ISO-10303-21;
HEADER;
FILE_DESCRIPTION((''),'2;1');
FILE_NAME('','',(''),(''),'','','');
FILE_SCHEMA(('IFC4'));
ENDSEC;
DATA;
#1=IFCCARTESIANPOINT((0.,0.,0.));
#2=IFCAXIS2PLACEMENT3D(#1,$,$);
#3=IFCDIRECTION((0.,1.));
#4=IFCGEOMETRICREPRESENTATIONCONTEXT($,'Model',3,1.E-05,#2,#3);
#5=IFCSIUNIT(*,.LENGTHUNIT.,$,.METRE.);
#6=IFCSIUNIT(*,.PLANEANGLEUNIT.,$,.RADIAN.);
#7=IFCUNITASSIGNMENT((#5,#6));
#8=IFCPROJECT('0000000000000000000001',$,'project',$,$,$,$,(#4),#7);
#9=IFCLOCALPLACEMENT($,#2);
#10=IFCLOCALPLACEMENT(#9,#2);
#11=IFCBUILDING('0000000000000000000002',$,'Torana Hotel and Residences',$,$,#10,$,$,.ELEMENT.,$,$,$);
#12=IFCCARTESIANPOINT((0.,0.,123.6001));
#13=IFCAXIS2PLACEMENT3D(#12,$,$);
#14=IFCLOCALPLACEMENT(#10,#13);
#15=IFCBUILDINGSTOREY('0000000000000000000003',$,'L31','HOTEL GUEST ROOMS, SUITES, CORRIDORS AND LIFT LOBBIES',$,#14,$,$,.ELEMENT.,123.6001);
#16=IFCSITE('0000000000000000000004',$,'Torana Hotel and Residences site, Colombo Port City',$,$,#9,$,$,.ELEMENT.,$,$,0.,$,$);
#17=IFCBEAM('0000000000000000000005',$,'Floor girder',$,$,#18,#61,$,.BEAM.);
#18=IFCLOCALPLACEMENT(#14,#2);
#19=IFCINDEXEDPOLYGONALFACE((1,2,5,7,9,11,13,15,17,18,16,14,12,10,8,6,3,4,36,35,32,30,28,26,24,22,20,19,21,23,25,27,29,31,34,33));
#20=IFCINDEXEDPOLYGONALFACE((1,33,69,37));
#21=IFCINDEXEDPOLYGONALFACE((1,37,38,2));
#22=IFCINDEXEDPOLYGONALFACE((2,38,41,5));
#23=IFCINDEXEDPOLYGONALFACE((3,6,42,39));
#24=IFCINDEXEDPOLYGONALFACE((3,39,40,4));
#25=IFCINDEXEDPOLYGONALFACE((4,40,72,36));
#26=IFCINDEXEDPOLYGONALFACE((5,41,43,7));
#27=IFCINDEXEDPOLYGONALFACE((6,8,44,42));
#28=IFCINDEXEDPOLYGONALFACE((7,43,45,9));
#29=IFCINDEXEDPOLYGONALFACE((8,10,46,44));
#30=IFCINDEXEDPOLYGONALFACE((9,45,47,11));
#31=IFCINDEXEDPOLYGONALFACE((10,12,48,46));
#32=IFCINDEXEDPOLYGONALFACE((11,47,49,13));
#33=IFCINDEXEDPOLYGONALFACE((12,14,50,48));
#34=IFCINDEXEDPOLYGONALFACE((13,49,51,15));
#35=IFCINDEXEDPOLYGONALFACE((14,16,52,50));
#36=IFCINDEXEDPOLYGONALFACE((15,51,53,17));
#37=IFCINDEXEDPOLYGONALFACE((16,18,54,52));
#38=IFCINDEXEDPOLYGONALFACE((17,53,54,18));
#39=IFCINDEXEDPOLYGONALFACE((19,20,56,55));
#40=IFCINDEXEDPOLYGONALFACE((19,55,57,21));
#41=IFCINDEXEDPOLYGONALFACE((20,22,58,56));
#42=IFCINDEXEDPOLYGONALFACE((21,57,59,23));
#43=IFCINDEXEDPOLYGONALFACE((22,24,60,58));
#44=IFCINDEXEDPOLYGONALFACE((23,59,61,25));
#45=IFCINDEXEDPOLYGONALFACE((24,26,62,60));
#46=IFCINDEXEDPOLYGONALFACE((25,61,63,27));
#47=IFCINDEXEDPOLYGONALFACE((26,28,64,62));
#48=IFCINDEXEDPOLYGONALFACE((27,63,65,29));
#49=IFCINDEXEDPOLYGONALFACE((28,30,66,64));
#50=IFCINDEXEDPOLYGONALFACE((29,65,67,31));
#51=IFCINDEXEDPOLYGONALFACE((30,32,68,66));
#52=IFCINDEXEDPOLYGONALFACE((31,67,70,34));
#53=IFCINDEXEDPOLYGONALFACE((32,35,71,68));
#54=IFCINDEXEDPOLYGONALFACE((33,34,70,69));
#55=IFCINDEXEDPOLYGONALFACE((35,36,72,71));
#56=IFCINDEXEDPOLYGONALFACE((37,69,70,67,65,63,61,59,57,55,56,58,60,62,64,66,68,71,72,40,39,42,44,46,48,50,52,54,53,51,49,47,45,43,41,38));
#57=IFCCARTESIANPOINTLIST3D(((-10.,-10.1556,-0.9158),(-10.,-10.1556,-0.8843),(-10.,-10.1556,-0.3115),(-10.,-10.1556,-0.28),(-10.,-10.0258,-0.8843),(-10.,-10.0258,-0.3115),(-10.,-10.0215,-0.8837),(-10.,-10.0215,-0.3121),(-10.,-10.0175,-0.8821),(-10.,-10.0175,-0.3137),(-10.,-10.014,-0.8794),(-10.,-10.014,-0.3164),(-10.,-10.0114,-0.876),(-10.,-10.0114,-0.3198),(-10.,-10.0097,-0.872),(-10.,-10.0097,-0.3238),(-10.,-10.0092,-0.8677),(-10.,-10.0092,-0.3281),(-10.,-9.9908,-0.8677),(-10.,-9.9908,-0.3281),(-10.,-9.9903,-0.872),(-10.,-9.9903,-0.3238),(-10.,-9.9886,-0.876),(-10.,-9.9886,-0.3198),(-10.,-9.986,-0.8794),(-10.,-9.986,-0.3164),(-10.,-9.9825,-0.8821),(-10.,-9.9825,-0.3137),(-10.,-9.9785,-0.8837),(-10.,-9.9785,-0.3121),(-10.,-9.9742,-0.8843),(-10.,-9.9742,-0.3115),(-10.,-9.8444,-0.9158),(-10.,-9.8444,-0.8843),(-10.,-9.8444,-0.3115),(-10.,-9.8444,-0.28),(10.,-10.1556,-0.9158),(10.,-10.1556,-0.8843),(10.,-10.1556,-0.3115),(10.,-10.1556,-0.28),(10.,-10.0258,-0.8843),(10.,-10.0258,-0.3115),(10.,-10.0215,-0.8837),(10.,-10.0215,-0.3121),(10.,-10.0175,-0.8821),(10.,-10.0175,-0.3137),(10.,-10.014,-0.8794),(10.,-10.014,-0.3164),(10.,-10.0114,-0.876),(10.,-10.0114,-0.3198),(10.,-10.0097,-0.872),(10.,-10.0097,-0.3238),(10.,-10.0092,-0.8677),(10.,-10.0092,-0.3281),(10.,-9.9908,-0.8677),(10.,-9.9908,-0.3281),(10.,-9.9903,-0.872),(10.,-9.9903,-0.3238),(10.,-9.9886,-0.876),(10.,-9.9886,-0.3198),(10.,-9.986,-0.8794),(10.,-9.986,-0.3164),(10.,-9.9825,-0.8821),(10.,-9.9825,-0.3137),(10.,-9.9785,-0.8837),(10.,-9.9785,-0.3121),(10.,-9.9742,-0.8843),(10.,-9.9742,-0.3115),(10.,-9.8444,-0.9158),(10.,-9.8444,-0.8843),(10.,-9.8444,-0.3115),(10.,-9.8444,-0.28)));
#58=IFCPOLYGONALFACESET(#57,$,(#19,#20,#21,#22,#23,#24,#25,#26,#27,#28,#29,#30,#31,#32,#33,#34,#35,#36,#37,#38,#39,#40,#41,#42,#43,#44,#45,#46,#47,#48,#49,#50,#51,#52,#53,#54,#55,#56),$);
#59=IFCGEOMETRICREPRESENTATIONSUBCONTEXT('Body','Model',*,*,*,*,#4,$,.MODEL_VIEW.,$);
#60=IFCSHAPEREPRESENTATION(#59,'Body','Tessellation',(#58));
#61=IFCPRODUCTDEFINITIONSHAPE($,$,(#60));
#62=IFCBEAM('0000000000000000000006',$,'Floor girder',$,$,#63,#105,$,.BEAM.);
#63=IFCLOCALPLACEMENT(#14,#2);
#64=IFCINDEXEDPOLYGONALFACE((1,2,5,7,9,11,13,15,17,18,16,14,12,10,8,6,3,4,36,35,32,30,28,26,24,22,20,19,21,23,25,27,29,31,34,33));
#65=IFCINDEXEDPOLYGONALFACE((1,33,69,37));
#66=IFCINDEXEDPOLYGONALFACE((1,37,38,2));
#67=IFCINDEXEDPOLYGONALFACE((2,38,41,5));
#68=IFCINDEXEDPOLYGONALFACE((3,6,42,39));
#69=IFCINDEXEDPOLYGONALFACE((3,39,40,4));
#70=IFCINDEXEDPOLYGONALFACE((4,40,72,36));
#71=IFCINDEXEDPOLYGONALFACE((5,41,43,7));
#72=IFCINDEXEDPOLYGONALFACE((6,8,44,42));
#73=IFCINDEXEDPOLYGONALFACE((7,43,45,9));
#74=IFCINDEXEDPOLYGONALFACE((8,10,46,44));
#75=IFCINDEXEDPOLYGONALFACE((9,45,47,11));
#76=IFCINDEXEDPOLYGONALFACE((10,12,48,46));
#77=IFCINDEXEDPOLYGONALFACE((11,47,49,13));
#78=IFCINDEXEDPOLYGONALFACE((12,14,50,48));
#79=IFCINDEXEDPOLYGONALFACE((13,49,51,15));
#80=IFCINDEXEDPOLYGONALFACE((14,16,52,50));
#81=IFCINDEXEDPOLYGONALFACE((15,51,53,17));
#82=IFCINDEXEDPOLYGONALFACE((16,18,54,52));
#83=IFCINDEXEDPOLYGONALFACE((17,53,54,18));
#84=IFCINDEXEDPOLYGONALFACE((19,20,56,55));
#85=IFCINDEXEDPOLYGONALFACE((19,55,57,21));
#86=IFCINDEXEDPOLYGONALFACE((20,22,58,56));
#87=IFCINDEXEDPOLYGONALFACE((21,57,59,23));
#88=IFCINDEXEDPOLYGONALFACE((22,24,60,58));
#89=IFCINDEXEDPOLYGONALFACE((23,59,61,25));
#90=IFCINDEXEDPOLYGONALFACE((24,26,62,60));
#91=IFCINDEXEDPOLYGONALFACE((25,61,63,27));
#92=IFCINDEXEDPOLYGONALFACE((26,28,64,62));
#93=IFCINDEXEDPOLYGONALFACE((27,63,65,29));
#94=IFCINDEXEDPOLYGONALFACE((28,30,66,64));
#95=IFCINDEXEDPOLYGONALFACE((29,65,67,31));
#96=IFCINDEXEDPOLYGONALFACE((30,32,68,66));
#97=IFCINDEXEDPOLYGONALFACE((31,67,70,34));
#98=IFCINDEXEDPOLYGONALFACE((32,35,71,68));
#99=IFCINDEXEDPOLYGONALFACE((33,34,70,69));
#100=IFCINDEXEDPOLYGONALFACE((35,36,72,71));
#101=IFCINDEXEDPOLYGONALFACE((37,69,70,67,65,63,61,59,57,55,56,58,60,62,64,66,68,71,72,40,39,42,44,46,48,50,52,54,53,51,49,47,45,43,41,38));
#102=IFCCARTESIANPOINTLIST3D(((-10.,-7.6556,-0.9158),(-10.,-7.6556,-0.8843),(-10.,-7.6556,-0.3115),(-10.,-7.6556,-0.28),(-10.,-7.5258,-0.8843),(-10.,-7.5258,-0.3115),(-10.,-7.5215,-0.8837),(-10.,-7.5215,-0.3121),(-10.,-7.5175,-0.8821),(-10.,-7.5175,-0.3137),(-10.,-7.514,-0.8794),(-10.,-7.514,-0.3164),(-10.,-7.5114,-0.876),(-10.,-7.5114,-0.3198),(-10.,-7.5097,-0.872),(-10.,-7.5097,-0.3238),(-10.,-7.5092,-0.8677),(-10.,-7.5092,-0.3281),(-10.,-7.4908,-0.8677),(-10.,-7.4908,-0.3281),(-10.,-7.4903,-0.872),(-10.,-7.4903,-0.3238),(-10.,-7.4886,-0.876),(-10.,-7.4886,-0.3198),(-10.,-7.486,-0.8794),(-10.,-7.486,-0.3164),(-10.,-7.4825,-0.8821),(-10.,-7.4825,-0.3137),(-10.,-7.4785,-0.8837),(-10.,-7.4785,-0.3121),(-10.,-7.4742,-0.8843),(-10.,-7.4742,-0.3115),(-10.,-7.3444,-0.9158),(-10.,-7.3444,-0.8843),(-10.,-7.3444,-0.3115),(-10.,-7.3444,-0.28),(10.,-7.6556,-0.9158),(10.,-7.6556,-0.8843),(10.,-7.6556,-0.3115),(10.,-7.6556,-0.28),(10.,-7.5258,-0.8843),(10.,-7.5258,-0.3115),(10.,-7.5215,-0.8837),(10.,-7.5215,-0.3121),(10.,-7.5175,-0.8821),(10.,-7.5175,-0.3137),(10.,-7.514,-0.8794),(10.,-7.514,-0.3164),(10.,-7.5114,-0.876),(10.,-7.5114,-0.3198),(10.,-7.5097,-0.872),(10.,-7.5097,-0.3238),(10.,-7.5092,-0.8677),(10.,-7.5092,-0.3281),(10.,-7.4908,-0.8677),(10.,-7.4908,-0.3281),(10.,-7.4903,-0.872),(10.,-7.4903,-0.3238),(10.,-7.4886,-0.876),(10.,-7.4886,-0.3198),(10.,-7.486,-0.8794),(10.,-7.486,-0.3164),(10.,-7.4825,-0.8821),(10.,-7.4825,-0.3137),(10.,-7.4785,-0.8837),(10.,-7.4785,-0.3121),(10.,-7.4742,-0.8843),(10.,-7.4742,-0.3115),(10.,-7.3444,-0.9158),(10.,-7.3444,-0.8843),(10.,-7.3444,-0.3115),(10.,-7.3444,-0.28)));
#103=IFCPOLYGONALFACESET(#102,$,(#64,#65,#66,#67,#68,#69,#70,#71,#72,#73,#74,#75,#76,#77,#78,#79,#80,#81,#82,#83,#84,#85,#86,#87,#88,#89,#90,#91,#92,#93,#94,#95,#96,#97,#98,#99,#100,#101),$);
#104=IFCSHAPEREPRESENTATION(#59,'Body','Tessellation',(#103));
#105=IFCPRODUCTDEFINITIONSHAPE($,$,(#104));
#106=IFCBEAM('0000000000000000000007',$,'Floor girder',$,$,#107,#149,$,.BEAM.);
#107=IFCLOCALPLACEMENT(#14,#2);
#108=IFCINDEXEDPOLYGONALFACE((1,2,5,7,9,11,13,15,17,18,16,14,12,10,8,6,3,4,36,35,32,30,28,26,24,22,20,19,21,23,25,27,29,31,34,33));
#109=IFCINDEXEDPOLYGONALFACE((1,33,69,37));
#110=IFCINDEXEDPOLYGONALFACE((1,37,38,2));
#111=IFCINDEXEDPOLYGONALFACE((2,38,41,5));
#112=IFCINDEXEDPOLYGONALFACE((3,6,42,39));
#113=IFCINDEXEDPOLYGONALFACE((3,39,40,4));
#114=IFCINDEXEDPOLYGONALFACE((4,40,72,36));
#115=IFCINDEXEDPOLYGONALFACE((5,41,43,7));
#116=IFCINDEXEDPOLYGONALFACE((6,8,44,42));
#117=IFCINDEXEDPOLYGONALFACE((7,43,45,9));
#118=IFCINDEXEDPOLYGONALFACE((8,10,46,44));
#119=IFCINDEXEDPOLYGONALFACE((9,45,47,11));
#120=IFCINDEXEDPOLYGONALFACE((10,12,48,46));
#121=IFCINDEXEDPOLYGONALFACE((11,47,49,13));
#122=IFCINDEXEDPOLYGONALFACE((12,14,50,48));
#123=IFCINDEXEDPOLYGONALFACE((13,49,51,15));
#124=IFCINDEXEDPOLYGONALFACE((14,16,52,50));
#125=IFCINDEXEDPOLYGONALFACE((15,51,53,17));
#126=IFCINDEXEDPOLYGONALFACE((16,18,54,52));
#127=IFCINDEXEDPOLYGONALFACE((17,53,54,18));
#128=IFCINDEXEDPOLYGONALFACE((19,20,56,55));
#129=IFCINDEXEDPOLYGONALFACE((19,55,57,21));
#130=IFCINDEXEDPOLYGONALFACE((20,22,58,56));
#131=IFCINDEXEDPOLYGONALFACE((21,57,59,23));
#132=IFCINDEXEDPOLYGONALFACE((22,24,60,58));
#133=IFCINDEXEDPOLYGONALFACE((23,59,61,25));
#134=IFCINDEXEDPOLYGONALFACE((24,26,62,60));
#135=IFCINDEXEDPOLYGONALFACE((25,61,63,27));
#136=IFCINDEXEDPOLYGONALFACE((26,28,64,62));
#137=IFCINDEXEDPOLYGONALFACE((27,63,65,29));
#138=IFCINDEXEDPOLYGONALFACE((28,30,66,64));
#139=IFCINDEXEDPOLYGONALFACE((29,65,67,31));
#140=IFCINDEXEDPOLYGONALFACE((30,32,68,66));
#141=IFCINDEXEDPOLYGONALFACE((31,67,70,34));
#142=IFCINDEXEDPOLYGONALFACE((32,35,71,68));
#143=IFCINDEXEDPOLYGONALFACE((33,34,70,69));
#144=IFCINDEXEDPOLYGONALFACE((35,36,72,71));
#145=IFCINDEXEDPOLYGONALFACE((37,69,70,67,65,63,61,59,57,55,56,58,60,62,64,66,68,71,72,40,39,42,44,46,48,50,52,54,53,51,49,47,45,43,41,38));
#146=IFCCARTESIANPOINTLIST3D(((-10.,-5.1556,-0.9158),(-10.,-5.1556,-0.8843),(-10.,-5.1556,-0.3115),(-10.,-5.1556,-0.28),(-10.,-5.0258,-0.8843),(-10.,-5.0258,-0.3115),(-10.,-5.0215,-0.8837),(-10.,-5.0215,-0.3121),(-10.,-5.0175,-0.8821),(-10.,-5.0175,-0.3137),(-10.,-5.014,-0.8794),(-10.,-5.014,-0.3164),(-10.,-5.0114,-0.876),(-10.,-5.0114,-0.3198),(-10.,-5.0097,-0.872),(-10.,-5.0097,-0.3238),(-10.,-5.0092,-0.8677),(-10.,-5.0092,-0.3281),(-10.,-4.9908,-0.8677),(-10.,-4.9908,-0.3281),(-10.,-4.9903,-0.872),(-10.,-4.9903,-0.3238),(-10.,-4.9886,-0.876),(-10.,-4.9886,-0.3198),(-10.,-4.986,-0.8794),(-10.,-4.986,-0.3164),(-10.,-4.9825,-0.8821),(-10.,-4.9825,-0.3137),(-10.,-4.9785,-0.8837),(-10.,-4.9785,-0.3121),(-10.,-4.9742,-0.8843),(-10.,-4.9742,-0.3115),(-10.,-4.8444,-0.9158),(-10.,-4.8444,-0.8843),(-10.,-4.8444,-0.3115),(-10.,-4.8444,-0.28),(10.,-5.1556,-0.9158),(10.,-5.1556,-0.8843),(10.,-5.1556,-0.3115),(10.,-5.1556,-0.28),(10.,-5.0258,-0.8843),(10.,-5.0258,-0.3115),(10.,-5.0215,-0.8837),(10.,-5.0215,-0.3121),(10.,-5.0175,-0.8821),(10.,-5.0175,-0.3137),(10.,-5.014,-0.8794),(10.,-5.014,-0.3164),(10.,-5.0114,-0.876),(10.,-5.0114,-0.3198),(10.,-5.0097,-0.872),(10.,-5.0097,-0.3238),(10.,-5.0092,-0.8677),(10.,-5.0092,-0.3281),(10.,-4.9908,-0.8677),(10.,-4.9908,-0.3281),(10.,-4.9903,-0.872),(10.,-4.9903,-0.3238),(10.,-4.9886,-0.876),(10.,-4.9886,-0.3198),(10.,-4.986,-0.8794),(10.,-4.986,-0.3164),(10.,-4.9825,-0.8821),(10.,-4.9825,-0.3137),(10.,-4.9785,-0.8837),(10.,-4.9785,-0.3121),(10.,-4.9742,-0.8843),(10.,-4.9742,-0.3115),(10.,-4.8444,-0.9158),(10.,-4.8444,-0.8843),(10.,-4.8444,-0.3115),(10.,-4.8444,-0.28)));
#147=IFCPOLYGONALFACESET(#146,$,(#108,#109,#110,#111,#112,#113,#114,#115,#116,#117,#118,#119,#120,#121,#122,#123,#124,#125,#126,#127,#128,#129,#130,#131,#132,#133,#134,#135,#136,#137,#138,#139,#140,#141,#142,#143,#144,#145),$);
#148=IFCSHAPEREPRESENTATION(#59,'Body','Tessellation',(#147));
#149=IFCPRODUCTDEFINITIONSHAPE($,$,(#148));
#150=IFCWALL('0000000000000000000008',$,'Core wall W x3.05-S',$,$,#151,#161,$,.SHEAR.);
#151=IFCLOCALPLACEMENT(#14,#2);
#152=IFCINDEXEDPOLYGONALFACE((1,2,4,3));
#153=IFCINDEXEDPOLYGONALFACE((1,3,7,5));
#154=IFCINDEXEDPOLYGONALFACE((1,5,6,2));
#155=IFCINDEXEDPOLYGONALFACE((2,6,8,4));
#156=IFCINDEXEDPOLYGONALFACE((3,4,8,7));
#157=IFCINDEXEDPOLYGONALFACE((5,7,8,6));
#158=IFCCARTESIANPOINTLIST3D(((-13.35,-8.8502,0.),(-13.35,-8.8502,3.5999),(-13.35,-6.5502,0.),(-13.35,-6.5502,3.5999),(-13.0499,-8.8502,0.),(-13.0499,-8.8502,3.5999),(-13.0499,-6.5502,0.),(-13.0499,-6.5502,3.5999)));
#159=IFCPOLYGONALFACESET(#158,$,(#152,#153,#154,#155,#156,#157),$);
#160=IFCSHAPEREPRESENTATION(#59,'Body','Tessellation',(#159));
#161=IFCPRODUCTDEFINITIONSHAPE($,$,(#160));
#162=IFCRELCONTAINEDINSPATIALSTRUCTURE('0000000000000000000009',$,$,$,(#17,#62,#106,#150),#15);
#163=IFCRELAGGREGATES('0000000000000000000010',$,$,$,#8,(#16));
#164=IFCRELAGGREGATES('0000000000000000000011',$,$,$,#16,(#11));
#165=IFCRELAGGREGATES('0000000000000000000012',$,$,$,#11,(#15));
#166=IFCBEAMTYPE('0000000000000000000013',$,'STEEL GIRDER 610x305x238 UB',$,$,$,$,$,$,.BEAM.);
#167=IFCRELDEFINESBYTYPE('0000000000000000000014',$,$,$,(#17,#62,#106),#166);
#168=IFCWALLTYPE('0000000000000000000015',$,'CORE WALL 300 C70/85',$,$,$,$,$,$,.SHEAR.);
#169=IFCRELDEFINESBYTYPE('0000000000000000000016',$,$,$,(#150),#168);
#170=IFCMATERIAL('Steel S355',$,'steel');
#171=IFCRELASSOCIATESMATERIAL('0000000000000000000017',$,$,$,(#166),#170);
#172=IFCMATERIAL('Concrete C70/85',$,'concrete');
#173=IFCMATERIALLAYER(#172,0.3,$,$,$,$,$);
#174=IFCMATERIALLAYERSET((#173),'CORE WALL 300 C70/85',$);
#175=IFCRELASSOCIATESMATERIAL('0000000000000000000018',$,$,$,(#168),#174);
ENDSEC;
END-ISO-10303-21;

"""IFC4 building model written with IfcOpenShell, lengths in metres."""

from ifc_helpers import new_model, si_unit, direction, frame, frame_2d, origin, origin_2d, place, context, subcontext, project, spatial, rectangle, i_section, extrude, material, layer, layer_set, material_profile, profile_set, type_object, element, save


model = new_model("IFC4")

# Units and contexts
model_context = context("Model", 3, precision=1e-05, world=origin(), true_north=direction((0.0, 1.0)))
body_context = subcontext(model_context, "Body", "Model", "MODEL_VIEW")
ifc_project = project(units=[si_unit("LENGTHUNIT", "METRE"), si_unit("PLANEANGLEUNIT", "RADIAN")], contexts=[model_context])

# Site, building, storey
site_placement = place(None, origin())
site = spatial("IfcSite", under=ifc_project, at=site_placement, Name="Torana Hotel and Residences site, Colombo Port City", CompositionType="ELEMENT", RefElevation=0.0)
building_placement = place(site_placement, origin())
building = spatial("IfcBuilding", under=site, at=building_placement, Name="Torana Hotel and Residences", CompositionType="ELEMENT")
storey_placement = place(building_placement, frame((0.0, 0.0, 123.6001)))
storey = spatial("IfcBuildingStorey", under=building, at=storey_placement, Name="L31", Description="HOTEL GUEST ROOMS, SUITES, CORRIDORS AND LIFT LOBBIES", CompositionType="ELEMENT", Elevation=123.6001)

# Beams
ifc_material_1 = material(Name="Steel S355", Category="steel")
ifc_material_profile = material_profile(ifc_material_1, i_section(OverallWidth=0.3113, OverallDepth=0.6357, WebThickness=0.0183, FlangeThickness=0.0315, FilletRadius=0.0166, at=origin_2d()), Name="610x305x238 UB")
ifc_profile_set = profile_set([ifc_material_profile], Name="Steel S355")
beam_type = type_object("IfcBeamType", Name="STEEL GIRDER 610x305x238 UB", PredefinedType="BEAM", material=ifc_profile_set)
for number, where, z_axis, x_axis, name in (
    (1, (-10.0, -10.0, -0.5979), (1.0, 0.0, 0.0), (0.0, 1.0, 0.0), "Floor girder"),
    (2, (-10.0, -7.5, -0.5979), (1.0, 0.0, 0.0), (0.0, 1.0, 0.0), "Floor girder"),
    (3, (-10.0, -5.0, -0.5979), (1.0, 0.0, 0.0), (0.0, 1.0, 0.0), "Floor girder"),
):
    element("IfcBeam", number, at=place(storey_placement, frame(where, z_axis=z_axis, x_axis=x_axis)), inside=storey, type_object=beam_type, Name=name, PredefinedType="BEAM", context=body_context, shape_type="SweptSolid", body=[
        extrude(i_section(OverallWidth=0.3113, OverallDepth=0.6357, WebThickness=0.0183, FlangeThickness=0.0315, FilletRadius=0.0166, at=origin_2d()), origin(), (0.0, 0.0, 1.0), 20.0),
    ])

# Wall
ifc_material_2 = material(Name="Concrete C70/85", Category="concrete")
ifc_layer_1 = layer(ifc_material_2, 0.3)
ifc_layer_set_1 = layer_set([ifc_layer_1], Name="CORE WALL 300 C70/85")
wall_type_1 = type_object("IfcWallType", Name="CORE WALL 300 C70/85", PredefinedType="SHEAR", material=ifc_layer_set_1)
wall_1_placement = place(storey_placement, frame((-13.2, -8.8501, 0.0), z_axis=(0.0, 0.0, 1.0), x_axis=(0.0, 1.0, 0.0)))
element("IfcWall", 4, at=wall_1_placement, inside=storey, type_object=wall_type_1, Name="Core wall W x3.05-S", PredefinedType="SHEAR", context=body_context, shape_type="SweptSolid", body=[
    extrude(rectangle(XDim=2.3, YDim=0.3, at=frame_2d((1.1499, 0.0))), origin(), (0.0, 0.0, 1.0), 3.5999),
])

save(model, "model.ifc")
